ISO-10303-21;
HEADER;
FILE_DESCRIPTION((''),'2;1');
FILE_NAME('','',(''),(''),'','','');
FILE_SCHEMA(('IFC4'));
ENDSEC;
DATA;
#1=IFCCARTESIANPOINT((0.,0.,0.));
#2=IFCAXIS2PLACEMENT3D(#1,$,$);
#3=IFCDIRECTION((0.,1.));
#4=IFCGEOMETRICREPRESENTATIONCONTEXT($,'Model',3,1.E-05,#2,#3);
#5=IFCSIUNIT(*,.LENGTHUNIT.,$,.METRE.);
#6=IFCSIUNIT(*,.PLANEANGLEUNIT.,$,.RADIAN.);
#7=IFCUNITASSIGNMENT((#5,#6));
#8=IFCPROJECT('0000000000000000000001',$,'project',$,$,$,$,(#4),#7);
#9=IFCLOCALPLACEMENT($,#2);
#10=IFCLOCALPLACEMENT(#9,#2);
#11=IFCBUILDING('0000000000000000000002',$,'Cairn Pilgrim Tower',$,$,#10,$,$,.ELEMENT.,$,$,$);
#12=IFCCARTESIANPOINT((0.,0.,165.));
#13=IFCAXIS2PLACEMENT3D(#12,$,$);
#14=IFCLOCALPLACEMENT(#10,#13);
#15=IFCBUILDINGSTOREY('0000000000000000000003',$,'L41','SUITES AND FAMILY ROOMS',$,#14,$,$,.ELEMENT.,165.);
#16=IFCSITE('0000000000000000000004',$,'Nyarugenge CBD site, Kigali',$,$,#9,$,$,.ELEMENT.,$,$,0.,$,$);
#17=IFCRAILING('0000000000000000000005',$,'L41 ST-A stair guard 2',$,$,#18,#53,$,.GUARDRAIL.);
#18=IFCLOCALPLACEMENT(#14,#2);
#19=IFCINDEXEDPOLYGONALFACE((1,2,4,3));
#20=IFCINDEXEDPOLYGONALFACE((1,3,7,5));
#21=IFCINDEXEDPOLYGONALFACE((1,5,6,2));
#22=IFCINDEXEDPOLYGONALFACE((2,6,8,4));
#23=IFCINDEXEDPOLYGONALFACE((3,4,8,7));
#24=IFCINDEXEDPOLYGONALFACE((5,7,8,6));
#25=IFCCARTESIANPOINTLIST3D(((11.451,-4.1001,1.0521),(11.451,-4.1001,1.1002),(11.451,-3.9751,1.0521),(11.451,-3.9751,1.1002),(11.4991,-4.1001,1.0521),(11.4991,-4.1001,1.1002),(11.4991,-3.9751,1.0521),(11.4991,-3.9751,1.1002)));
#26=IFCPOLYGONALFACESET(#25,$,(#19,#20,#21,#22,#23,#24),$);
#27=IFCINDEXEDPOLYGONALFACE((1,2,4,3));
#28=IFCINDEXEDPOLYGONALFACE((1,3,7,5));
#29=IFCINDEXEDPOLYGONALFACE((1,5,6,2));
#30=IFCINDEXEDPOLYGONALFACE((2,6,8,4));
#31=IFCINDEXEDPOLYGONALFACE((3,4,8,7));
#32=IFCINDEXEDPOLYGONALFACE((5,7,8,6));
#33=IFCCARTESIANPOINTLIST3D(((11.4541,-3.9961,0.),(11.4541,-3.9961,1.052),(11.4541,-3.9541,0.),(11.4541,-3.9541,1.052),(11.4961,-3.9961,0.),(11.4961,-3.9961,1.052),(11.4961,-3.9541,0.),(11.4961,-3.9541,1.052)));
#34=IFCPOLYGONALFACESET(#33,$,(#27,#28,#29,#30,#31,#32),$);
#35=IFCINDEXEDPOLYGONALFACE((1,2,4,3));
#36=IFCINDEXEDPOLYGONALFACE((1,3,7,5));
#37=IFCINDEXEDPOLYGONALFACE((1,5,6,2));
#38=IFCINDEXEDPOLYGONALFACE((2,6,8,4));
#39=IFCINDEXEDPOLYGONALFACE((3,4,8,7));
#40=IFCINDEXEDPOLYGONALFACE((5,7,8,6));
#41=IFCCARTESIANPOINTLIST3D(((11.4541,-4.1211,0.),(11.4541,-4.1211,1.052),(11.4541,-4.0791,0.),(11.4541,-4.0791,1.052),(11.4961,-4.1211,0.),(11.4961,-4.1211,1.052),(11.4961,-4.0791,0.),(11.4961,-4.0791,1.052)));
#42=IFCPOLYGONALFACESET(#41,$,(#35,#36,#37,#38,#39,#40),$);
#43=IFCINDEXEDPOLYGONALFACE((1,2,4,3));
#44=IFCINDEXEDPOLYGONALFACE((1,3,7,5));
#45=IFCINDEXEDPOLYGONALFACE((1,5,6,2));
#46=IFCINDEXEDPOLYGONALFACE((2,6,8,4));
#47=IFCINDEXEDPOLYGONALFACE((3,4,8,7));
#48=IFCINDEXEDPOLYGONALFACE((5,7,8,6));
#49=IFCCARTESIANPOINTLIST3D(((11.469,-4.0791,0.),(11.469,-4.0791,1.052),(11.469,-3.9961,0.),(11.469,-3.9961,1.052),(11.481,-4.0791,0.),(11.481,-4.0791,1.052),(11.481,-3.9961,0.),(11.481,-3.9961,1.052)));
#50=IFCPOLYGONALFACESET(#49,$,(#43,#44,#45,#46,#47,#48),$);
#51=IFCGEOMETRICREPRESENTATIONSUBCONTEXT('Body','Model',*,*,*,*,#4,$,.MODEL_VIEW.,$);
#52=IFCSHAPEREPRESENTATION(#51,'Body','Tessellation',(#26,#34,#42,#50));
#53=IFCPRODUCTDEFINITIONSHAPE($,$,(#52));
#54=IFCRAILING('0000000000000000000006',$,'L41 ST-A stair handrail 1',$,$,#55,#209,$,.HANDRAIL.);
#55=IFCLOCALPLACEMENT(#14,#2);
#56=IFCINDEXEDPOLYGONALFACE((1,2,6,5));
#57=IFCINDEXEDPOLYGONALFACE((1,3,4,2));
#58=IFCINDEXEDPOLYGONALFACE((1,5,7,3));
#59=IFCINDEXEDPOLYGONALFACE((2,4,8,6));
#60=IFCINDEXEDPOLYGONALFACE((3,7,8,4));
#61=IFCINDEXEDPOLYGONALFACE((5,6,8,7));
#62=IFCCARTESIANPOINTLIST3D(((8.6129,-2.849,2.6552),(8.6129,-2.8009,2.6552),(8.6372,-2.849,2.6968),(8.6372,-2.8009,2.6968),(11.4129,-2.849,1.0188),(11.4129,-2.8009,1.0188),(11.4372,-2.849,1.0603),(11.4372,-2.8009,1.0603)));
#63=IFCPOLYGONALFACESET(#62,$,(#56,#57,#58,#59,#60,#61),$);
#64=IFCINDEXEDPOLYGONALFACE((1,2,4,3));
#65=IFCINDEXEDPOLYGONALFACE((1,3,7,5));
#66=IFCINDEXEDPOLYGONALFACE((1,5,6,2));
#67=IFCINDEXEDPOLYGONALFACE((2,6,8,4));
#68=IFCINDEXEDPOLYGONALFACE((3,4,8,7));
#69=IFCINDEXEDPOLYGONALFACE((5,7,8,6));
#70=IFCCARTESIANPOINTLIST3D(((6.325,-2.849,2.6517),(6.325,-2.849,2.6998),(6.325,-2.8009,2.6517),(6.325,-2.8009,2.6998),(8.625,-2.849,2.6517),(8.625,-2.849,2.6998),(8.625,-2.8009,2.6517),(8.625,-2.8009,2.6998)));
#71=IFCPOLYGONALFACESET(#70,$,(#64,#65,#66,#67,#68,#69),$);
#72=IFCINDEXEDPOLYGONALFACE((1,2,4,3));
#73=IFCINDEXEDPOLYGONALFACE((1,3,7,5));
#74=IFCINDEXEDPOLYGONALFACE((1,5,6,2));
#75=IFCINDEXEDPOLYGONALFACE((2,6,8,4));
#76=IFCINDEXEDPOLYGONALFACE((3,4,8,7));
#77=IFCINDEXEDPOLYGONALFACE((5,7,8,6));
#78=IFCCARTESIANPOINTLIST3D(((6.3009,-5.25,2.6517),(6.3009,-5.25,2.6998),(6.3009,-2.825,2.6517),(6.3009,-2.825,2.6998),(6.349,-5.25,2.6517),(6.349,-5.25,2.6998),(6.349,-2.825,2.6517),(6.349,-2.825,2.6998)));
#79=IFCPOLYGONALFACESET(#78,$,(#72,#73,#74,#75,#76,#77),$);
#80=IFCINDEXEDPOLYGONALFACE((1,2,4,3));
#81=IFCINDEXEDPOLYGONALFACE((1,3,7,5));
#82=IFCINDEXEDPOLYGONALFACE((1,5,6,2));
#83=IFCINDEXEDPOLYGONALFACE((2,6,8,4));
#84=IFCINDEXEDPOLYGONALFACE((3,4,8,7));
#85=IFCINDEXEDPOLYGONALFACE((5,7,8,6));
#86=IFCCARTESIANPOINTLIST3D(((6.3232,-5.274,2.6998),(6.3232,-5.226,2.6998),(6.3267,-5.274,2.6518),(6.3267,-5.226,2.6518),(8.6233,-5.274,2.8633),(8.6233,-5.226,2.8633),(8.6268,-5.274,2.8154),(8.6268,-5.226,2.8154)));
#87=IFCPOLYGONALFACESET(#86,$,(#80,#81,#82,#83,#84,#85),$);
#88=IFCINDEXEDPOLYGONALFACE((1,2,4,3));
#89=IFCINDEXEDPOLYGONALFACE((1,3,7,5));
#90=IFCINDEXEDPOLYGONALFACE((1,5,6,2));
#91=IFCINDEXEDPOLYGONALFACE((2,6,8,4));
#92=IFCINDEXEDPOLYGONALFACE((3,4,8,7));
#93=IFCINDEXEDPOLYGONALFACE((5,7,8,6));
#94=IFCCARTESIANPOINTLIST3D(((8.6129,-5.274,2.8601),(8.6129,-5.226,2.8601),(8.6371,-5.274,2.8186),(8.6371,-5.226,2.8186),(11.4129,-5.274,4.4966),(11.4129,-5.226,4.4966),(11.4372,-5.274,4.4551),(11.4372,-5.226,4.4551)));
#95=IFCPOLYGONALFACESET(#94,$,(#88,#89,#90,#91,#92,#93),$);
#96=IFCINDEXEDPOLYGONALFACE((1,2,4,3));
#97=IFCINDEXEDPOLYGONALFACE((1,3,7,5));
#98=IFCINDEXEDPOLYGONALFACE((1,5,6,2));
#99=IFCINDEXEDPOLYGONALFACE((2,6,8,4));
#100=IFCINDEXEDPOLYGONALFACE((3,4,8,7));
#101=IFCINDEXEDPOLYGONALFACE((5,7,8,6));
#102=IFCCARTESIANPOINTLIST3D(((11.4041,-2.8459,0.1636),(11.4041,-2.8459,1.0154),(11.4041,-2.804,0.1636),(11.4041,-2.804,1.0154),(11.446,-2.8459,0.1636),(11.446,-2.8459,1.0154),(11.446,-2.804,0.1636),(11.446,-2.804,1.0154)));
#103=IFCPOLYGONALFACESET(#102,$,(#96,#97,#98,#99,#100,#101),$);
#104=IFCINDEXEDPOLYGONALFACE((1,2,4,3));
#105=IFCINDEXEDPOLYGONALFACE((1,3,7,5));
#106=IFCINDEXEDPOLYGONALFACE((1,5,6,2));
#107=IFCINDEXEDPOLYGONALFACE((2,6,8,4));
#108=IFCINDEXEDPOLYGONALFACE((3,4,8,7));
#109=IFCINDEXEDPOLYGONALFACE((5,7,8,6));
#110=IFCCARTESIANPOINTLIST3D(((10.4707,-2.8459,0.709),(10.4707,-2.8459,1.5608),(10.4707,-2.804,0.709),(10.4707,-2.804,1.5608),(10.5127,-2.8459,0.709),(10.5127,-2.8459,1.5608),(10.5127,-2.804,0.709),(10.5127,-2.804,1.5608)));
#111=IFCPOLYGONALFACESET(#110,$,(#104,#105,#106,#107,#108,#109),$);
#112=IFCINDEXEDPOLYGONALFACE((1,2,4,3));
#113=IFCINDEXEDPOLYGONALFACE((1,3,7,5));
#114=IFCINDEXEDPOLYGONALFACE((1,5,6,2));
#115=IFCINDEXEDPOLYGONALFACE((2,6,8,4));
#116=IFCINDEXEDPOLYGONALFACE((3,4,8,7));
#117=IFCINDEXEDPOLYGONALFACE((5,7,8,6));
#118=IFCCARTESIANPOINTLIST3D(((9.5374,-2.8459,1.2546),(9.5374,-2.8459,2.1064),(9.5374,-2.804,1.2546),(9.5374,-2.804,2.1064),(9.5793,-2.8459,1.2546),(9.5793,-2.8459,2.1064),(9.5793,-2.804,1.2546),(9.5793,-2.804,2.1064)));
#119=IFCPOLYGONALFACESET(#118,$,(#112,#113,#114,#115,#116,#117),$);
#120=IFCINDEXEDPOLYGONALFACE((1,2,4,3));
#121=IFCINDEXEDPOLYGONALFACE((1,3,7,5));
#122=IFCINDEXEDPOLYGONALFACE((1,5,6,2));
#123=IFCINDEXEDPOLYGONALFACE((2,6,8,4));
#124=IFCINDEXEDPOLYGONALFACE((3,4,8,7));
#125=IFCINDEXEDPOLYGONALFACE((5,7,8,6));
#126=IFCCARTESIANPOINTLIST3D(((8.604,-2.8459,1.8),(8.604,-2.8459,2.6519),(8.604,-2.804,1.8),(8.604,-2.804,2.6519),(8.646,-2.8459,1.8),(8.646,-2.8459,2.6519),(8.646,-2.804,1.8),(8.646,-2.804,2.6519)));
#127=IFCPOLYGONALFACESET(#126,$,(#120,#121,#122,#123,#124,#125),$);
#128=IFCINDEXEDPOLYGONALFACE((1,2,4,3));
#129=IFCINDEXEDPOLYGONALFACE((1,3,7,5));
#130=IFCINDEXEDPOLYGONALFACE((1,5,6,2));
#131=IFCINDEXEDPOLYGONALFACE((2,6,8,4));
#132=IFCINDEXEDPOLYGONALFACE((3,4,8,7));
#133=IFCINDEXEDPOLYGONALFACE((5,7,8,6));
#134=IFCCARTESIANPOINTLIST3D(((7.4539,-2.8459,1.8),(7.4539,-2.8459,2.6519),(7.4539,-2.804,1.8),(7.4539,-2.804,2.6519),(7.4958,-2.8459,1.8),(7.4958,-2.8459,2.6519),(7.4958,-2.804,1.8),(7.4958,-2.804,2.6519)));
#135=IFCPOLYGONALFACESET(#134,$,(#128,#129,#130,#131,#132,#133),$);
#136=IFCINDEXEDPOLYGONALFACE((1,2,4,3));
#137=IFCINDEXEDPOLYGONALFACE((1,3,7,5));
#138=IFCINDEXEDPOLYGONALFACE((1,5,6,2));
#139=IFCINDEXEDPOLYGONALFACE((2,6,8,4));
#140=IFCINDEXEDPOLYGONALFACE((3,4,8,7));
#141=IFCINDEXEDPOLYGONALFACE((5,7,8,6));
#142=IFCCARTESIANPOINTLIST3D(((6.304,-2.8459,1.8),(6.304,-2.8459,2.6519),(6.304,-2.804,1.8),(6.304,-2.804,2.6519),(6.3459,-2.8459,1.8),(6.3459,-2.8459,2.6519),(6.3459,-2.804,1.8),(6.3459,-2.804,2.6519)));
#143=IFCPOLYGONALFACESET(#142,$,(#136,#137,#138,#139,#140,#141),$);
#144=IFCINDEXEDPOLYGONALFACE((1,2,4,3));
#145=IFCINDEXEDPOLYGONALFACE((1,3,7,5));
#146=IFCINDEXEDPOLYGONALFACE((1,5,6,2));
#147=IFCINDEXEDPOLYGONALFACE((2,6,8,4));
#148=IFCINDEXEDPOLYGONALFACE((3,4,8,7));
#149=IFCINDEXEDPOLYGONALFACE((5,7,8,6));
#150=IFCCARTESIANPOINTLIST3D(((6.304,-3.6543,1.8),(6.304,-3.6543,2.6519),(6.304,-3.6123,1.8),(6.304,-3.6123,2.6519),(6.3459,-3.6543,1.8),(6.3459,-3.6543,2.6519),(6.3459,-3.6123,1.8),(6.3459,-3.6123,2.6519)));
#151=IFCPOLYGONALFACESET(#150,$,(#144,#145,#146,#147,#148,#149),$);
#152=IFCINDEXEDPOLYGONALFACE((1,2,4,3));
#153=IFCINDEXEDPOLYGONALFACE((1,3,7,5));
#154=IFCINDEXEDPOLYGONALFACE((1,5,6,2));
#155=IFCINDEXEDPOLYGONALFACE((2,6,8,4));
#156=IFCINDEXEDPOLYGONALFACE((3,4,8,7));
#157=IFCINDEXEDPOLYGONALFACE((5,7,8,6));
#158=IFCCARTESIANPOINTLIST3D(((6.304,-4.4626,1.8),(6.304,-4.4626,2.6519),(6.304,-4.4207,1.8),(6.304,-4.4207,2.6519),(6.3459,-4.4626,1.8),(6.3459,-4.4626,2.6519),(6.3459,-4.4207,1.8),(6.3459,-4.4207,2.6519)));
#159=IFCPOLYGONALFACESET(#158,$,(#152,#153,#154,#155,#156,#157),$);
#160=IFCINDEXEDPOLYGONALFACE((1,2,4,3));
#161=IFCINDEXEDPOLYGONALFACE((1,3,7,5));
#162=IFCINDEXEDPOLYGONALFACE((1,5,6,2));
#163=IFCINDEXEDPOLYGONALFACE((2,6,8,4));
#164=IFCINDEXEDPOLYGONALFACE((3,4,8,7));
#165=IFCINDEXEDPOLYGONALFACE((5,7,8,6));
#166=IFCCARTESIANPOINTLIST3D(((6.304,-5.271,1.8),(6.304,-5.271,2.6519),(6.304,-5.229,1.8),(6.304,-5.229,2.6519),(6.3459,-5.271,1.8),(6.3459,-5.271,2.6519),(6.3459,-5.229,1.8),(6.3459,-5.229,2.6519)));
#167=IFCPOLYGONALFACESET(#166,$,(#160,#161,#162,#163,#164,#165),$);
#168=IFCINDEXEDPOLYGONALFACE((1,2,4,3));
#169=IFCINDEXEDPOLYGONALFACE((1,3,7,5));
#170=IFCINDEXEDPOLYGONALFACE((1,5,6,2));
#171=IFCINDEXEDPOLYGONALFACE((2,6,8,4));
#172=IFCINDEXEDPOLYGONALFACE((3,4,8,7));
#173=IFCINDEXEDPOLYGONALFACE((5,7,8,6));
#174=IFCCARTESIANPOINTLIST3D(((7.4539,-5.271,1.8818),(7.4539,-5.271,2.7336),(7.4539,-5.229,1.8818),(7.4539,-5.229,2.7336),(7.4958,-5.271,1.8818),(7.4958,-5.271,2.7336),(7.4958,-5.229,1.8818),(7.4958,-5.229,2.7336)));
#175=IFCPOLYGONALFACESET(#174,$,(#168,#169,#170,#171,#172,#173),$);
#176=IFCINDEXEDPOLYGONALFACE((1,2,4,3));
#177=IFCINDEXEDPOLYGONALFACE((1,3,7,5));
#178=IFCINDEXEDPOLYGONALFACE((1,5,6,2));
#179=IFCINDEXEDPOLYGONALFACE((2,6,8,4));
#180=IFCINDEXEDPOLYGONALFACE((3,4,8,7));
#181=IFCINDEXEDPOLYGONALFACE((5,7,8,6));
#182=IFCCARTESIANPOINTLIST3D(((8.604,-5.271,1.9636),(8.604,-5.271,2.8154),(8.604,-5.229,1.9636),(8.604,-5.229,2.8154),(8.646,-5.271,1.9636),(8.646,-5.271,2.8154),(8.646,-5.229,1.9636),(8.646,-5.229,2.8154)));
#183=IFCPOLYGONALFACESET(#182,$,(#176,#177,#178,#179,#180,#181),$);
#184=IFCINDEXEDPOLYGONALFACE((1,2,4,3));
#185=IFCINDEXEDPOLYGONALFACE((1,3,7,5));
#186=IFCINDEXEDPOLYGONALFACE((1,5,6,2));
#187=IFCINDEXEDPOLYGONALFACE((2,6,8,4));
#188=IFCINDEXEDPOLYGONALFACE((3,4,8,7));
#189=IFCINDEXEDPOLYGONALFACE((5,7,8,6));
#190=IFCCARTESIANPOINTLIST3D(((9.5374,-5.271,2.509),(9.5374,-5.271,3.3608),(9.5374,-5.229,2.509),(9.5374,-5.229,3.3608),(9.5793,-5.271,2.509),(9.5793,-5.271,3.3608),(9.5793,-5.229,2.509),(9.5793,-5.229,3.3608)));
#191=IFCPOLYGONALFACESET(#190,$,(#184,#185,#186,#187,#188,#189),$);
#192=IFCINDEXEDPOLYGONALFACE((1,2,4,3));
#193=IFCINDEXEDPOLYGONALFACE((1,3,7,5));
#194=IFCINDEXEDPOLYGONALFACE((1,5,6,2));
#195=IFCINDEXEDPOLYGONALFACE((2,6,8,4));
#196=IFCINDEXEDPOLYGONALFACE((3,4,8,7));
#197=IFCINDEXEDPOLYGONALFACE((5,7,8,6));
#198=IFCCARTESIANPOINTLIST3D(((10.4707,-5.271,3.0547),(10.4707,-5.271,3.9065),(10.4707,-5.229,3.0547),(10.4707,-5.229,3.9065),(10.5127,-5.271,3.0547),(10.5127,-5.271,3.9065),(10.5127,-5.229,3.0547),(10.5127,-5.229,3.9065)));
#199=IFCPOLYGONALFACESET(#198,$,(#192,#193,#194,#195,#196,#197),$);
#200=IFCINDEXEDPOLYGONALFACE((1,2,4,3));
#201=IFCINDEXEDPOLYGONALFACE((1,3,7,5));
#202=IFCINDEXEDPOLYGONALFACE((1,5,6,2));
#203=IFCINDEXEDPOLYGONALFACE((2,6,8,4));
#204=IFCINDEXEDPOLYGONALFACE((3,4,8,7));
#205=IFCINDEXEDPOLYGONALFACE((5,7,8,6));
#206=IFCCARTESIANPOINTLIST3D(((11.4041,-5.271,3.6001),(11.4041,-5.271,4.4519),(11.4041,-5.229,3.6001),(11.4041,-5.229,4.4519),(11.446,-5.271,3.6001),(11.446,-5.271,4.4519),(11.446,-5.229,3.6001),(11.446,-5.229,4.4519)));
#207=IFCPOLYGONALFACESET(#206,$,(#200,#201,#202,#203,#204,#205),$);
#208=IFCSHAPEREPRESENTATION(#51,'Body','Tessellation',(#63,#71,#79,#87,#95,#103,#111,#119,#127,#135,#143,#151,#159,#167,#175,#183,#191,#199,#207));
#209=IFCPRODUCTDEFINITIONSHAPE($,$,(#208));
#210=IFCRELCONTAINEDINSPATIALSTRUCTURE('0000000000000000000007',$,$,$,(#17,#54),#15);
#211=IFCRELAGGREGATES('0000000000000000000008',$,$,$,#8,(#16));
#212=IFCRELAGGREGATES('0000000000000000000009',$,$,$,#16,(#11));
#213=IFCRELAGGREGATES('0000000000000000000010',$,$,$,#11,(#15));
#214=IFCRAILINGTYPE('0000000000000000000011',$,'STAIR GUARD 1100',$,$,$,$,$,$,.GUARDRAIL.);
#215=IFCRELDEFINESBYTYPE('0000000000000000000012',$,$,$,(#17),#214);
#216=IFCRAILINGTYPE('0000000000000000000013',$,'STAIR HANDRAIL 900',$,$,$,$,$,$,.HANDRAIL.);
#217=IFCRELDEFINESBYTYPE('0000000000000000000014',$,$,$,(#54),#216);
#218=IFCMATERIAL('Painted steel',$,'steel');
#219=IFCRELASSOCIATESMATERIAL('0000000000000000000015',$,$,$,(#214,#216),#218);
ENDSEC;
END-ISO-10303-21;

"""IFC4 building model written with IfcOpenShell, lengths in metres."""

from ifc_helpers import new_model, si_unit, direction, frame, origin, origin_2d, place, context, subcontext, project, spatial, polyline, rectangle, outline, extrude, material, type_object, element, save


model = new_model("IFC4")

# Units and contexts
model_context = context("Model", 3, precision=1e-05, world=origin(), true_north=direction((0.0, 1.0)))
body_context = subcontext(model_context, "Body", "Model", "MODEL_VIEW")
ifc_project = project(units=[si_unit("LENGTHUNIT", "METRE"), si_unit("PLANEANGLEUNIT", "RADIAN")], contexts=[model_context])

# Site, building, storey
site_placement = place(None, origin())
site = spatial("IfcSite", under=ifc_project, at=site_placement, Name="Nyarugenge CBD site, Kigali", CompositionType="ELEMENT", RefElevation=0.0)
building_placement = place(site_placement, origin())
building = spatial("IfcBuilding", under=site, at=building_placement, Name="Cairn Pilgrim Tower", CompositionType="ELEMENT")
storey_placement = place(building_placement, frame((0.0, 0.0, 165.0)))
storey = spatial("IfcBuildingStorey", under=building, at=storey_placement, Name="L41", Description="SUITES AND FAMILY ROOMS", CompositionType="ELEMENT", Elevation=165.0)

# Railings
ifc_material_1 = material(Name="Painted steel", Category="steel")
railing_type_1 = type_object("IfcRailingType", Name="STAIR GUARD 1100", PredefinedType="GUARDRAIL", material=ifc_material_1)
railing_1_placement = place(storey_placement, frame((11.4751, -3.9751, 0.0)))
element("IfcRailing", 1, at=railing_1_placement, inside=storey, type_object=railing_type_1, Name="L41 ST-A stair guard 2", PredefinedType="GUARDRAIL", context=body_context, shape_type="SweptSolid", body=[
    extrude(rectangle(XDim=0.0481, YDim=0.0481, at=origin_2d()), frame((0.0, 0.0, 1.0762), z_axis=(0.0, -1.0, 0.0), x_axis=(1.0, 0.0, 0.0)), (0.0, 0.0, 1.0), 0.125),
    extrude(rectangle(XDim=0.042, YDim=0.042, at=origin_2d()), origin(), (0.0, 0.0, 1.0), 1.052),
    extrude(rectangle(XDim=0.042, YDim=0.042, at=origin_2d()), frame((0.0, -0.125, 0.0)), (0.0, 0.0, 1.0), 1.052),
    extrude(outline(polyline([(0.021, 0.0), (0.104, 0.0), (0.104, 1.052), (0.021, 1.052), (0.021, 0.0)])), frame((0.0059, 0.0, 0.0), z_axis=(-1.0, 0.0, 0.0), x_axis=(0.0, -1.0, 0.0)), (0.0, 0.0, 1.0), 0.012),
])
railing_type_2 = type_object("IfcRailingType", Name="STAIR HANDRAIL 900", PredefinedType="HANDRAIL", material=ifc_material_1)
railing_2_placement = place(storey_placement, frame((11.425, -2.825, 0.1636)))
element("IfcRailing", 2, at=railing_2_placement, inside=storey, type_object=railing_type_2, Name="L41 ST-A stair handrail 1", PredefinedType="HANDRAIL", context=body_context, shape_type="SweptSolid", body=[
    extrude(rectangle(XDim=0.0481, YDim=0.0481, at=origin_2d()), frame((0.0, 0.0, 0.876), z_axis=(-0.863361, 0.0, 0.504587), x_axis=(0.0, -1.0, 0.0)), (0.0, 0.0, 1.0), 3.2432),
    extrude(rectangle(XDim=0.0481, YDim=0.0481, at=origin_2d()), frame((-2.8, 0.0, 2.5122), z_axis=(-1.0, 0.0, 0.0), x_axis=(0.0, -1.0, 0.0)), (0.0, 0.0, 1.0), 2.3),
    extrude(rectangle(XDim=0.0481, YDim=0.0481, at=origin_2d()), frame((-5.1001, 0.0, 2.5122), z_axis=(0.0, -1.0, 0.0), x_axis=(1.0, 0.0, 0.0)), (0.0, 0.0, 1.0), 2.425),
    extrude(rectangle(XDim=0.0481, YDim=0.0481, at=origin_2d()), frame((-5.1001, -2.425, 2.5122), z_axis=(0.997481, 0.0, 0.070939), x_axis=(0.0, 1.0, 0.0)), (0.0, 0.0, 1.0), 2.3059),
    extrude(rectangle(XDim=0.0481, YDim=0.0481, at=origin_2d()), frame((-2.8, -2.425, 2.6758), z_axis=(0.863361, 0.0, 0.504587), x_axis=(0.0, 1.0, 0.0)), (0.0, 0.0, 1.0), 3.2432),
    extrude(rectangle(XDim=0.042, YDim=0.042, at=origin_2d()), origin(), (0.0, 0.0, 1.0), 0.8518),
    extrude(rectangle(XDim=0.042, YDim=0.042, at=origin_2d()), frame((-0.9333, 0.0, 0.5454)), (0.0, 0.0, 1.0), 0.8518),
    extrude(rectangle(XDim=0.042, YDim=0.042, at=origin_2d()), frame((-1.8667, 0.0, 1.0911)), (0.0, 0.0, 1.0), 0.8518),
    extrude(rectangle(XDim=0.042, YDim=0.042, at=origin_2d()), frame((-2.8, 0.0, 1.6365)), (0.0, 0.0, 1.0), 0.8518),
    extrude(rectangle(XDim=0.042, YDim=0.042, at=origin_2d()), frame((-3.9502, 0.0, 1.6365)), (0.0, 0.0, 1.0), 0.8518),
    extrude(rectangle(XDim=0.042, YDim=0.042, at=origin_2d()), frame((-5.1001, 0.0, 1.6365)), (0.0, 0.0, 1.0), 0.8518),
    extrude(rectangle(XDim=0.042, YDim=0.042, at=origin_2d()), frame((-5.1001, -0.8083, 1.6365)), (0.0, 0.0, 1.0), 0.8518),
    extrude(rectangle(XDim=0.042, YDim=0.042, at=origin_2d()), frame((-5.1001, -1.6167, 1.6365)), (0.0, 0.0, 1.0), 0.8518),
    extrude(rectangle(XDim=0.042, YDim=0.042, at=origin_2d()), frame((-5.1001, -2.425, 1.6365)), (0.0, 0.0, 1.0), 0.8518),
    extrude(rectangle(XDim=0.042, YDim=0.042, at=origin_2d()), frame((-3.9502, -2.425, 1.7183)), (0.0, 0.0, 1.0), 0.8518),
    extrude(rectangle(XDim=0.042, YDim=0.042, at=origin_2d()), frame((-2.8, -2.425, 1.8)), (0.0, 0.0, 1.0), 0.8518),
    extrude(rectangle(XDim=0.042, YDim=0.042, at=origin_2d()), frame((-1.8667, -2.425, 2.3455)), (0.0, 0.0, 1.0), 0.8518),
    extrude(rectangle(XDim=0.042, YDim=0.042, at=origin_2d()), frame((-0.9333, -2.425, 2.8911)), (0.0, 0.0, 1.0), 0.8518),
    extrude(rectangle(XDim=0.042, YDim=0.042, at=origin_2d()), frame((0.0, -2.425, 3.4365)), (0.0, 0.0, 1.0), 0.8518),
])

save(model, "model.ifc")
